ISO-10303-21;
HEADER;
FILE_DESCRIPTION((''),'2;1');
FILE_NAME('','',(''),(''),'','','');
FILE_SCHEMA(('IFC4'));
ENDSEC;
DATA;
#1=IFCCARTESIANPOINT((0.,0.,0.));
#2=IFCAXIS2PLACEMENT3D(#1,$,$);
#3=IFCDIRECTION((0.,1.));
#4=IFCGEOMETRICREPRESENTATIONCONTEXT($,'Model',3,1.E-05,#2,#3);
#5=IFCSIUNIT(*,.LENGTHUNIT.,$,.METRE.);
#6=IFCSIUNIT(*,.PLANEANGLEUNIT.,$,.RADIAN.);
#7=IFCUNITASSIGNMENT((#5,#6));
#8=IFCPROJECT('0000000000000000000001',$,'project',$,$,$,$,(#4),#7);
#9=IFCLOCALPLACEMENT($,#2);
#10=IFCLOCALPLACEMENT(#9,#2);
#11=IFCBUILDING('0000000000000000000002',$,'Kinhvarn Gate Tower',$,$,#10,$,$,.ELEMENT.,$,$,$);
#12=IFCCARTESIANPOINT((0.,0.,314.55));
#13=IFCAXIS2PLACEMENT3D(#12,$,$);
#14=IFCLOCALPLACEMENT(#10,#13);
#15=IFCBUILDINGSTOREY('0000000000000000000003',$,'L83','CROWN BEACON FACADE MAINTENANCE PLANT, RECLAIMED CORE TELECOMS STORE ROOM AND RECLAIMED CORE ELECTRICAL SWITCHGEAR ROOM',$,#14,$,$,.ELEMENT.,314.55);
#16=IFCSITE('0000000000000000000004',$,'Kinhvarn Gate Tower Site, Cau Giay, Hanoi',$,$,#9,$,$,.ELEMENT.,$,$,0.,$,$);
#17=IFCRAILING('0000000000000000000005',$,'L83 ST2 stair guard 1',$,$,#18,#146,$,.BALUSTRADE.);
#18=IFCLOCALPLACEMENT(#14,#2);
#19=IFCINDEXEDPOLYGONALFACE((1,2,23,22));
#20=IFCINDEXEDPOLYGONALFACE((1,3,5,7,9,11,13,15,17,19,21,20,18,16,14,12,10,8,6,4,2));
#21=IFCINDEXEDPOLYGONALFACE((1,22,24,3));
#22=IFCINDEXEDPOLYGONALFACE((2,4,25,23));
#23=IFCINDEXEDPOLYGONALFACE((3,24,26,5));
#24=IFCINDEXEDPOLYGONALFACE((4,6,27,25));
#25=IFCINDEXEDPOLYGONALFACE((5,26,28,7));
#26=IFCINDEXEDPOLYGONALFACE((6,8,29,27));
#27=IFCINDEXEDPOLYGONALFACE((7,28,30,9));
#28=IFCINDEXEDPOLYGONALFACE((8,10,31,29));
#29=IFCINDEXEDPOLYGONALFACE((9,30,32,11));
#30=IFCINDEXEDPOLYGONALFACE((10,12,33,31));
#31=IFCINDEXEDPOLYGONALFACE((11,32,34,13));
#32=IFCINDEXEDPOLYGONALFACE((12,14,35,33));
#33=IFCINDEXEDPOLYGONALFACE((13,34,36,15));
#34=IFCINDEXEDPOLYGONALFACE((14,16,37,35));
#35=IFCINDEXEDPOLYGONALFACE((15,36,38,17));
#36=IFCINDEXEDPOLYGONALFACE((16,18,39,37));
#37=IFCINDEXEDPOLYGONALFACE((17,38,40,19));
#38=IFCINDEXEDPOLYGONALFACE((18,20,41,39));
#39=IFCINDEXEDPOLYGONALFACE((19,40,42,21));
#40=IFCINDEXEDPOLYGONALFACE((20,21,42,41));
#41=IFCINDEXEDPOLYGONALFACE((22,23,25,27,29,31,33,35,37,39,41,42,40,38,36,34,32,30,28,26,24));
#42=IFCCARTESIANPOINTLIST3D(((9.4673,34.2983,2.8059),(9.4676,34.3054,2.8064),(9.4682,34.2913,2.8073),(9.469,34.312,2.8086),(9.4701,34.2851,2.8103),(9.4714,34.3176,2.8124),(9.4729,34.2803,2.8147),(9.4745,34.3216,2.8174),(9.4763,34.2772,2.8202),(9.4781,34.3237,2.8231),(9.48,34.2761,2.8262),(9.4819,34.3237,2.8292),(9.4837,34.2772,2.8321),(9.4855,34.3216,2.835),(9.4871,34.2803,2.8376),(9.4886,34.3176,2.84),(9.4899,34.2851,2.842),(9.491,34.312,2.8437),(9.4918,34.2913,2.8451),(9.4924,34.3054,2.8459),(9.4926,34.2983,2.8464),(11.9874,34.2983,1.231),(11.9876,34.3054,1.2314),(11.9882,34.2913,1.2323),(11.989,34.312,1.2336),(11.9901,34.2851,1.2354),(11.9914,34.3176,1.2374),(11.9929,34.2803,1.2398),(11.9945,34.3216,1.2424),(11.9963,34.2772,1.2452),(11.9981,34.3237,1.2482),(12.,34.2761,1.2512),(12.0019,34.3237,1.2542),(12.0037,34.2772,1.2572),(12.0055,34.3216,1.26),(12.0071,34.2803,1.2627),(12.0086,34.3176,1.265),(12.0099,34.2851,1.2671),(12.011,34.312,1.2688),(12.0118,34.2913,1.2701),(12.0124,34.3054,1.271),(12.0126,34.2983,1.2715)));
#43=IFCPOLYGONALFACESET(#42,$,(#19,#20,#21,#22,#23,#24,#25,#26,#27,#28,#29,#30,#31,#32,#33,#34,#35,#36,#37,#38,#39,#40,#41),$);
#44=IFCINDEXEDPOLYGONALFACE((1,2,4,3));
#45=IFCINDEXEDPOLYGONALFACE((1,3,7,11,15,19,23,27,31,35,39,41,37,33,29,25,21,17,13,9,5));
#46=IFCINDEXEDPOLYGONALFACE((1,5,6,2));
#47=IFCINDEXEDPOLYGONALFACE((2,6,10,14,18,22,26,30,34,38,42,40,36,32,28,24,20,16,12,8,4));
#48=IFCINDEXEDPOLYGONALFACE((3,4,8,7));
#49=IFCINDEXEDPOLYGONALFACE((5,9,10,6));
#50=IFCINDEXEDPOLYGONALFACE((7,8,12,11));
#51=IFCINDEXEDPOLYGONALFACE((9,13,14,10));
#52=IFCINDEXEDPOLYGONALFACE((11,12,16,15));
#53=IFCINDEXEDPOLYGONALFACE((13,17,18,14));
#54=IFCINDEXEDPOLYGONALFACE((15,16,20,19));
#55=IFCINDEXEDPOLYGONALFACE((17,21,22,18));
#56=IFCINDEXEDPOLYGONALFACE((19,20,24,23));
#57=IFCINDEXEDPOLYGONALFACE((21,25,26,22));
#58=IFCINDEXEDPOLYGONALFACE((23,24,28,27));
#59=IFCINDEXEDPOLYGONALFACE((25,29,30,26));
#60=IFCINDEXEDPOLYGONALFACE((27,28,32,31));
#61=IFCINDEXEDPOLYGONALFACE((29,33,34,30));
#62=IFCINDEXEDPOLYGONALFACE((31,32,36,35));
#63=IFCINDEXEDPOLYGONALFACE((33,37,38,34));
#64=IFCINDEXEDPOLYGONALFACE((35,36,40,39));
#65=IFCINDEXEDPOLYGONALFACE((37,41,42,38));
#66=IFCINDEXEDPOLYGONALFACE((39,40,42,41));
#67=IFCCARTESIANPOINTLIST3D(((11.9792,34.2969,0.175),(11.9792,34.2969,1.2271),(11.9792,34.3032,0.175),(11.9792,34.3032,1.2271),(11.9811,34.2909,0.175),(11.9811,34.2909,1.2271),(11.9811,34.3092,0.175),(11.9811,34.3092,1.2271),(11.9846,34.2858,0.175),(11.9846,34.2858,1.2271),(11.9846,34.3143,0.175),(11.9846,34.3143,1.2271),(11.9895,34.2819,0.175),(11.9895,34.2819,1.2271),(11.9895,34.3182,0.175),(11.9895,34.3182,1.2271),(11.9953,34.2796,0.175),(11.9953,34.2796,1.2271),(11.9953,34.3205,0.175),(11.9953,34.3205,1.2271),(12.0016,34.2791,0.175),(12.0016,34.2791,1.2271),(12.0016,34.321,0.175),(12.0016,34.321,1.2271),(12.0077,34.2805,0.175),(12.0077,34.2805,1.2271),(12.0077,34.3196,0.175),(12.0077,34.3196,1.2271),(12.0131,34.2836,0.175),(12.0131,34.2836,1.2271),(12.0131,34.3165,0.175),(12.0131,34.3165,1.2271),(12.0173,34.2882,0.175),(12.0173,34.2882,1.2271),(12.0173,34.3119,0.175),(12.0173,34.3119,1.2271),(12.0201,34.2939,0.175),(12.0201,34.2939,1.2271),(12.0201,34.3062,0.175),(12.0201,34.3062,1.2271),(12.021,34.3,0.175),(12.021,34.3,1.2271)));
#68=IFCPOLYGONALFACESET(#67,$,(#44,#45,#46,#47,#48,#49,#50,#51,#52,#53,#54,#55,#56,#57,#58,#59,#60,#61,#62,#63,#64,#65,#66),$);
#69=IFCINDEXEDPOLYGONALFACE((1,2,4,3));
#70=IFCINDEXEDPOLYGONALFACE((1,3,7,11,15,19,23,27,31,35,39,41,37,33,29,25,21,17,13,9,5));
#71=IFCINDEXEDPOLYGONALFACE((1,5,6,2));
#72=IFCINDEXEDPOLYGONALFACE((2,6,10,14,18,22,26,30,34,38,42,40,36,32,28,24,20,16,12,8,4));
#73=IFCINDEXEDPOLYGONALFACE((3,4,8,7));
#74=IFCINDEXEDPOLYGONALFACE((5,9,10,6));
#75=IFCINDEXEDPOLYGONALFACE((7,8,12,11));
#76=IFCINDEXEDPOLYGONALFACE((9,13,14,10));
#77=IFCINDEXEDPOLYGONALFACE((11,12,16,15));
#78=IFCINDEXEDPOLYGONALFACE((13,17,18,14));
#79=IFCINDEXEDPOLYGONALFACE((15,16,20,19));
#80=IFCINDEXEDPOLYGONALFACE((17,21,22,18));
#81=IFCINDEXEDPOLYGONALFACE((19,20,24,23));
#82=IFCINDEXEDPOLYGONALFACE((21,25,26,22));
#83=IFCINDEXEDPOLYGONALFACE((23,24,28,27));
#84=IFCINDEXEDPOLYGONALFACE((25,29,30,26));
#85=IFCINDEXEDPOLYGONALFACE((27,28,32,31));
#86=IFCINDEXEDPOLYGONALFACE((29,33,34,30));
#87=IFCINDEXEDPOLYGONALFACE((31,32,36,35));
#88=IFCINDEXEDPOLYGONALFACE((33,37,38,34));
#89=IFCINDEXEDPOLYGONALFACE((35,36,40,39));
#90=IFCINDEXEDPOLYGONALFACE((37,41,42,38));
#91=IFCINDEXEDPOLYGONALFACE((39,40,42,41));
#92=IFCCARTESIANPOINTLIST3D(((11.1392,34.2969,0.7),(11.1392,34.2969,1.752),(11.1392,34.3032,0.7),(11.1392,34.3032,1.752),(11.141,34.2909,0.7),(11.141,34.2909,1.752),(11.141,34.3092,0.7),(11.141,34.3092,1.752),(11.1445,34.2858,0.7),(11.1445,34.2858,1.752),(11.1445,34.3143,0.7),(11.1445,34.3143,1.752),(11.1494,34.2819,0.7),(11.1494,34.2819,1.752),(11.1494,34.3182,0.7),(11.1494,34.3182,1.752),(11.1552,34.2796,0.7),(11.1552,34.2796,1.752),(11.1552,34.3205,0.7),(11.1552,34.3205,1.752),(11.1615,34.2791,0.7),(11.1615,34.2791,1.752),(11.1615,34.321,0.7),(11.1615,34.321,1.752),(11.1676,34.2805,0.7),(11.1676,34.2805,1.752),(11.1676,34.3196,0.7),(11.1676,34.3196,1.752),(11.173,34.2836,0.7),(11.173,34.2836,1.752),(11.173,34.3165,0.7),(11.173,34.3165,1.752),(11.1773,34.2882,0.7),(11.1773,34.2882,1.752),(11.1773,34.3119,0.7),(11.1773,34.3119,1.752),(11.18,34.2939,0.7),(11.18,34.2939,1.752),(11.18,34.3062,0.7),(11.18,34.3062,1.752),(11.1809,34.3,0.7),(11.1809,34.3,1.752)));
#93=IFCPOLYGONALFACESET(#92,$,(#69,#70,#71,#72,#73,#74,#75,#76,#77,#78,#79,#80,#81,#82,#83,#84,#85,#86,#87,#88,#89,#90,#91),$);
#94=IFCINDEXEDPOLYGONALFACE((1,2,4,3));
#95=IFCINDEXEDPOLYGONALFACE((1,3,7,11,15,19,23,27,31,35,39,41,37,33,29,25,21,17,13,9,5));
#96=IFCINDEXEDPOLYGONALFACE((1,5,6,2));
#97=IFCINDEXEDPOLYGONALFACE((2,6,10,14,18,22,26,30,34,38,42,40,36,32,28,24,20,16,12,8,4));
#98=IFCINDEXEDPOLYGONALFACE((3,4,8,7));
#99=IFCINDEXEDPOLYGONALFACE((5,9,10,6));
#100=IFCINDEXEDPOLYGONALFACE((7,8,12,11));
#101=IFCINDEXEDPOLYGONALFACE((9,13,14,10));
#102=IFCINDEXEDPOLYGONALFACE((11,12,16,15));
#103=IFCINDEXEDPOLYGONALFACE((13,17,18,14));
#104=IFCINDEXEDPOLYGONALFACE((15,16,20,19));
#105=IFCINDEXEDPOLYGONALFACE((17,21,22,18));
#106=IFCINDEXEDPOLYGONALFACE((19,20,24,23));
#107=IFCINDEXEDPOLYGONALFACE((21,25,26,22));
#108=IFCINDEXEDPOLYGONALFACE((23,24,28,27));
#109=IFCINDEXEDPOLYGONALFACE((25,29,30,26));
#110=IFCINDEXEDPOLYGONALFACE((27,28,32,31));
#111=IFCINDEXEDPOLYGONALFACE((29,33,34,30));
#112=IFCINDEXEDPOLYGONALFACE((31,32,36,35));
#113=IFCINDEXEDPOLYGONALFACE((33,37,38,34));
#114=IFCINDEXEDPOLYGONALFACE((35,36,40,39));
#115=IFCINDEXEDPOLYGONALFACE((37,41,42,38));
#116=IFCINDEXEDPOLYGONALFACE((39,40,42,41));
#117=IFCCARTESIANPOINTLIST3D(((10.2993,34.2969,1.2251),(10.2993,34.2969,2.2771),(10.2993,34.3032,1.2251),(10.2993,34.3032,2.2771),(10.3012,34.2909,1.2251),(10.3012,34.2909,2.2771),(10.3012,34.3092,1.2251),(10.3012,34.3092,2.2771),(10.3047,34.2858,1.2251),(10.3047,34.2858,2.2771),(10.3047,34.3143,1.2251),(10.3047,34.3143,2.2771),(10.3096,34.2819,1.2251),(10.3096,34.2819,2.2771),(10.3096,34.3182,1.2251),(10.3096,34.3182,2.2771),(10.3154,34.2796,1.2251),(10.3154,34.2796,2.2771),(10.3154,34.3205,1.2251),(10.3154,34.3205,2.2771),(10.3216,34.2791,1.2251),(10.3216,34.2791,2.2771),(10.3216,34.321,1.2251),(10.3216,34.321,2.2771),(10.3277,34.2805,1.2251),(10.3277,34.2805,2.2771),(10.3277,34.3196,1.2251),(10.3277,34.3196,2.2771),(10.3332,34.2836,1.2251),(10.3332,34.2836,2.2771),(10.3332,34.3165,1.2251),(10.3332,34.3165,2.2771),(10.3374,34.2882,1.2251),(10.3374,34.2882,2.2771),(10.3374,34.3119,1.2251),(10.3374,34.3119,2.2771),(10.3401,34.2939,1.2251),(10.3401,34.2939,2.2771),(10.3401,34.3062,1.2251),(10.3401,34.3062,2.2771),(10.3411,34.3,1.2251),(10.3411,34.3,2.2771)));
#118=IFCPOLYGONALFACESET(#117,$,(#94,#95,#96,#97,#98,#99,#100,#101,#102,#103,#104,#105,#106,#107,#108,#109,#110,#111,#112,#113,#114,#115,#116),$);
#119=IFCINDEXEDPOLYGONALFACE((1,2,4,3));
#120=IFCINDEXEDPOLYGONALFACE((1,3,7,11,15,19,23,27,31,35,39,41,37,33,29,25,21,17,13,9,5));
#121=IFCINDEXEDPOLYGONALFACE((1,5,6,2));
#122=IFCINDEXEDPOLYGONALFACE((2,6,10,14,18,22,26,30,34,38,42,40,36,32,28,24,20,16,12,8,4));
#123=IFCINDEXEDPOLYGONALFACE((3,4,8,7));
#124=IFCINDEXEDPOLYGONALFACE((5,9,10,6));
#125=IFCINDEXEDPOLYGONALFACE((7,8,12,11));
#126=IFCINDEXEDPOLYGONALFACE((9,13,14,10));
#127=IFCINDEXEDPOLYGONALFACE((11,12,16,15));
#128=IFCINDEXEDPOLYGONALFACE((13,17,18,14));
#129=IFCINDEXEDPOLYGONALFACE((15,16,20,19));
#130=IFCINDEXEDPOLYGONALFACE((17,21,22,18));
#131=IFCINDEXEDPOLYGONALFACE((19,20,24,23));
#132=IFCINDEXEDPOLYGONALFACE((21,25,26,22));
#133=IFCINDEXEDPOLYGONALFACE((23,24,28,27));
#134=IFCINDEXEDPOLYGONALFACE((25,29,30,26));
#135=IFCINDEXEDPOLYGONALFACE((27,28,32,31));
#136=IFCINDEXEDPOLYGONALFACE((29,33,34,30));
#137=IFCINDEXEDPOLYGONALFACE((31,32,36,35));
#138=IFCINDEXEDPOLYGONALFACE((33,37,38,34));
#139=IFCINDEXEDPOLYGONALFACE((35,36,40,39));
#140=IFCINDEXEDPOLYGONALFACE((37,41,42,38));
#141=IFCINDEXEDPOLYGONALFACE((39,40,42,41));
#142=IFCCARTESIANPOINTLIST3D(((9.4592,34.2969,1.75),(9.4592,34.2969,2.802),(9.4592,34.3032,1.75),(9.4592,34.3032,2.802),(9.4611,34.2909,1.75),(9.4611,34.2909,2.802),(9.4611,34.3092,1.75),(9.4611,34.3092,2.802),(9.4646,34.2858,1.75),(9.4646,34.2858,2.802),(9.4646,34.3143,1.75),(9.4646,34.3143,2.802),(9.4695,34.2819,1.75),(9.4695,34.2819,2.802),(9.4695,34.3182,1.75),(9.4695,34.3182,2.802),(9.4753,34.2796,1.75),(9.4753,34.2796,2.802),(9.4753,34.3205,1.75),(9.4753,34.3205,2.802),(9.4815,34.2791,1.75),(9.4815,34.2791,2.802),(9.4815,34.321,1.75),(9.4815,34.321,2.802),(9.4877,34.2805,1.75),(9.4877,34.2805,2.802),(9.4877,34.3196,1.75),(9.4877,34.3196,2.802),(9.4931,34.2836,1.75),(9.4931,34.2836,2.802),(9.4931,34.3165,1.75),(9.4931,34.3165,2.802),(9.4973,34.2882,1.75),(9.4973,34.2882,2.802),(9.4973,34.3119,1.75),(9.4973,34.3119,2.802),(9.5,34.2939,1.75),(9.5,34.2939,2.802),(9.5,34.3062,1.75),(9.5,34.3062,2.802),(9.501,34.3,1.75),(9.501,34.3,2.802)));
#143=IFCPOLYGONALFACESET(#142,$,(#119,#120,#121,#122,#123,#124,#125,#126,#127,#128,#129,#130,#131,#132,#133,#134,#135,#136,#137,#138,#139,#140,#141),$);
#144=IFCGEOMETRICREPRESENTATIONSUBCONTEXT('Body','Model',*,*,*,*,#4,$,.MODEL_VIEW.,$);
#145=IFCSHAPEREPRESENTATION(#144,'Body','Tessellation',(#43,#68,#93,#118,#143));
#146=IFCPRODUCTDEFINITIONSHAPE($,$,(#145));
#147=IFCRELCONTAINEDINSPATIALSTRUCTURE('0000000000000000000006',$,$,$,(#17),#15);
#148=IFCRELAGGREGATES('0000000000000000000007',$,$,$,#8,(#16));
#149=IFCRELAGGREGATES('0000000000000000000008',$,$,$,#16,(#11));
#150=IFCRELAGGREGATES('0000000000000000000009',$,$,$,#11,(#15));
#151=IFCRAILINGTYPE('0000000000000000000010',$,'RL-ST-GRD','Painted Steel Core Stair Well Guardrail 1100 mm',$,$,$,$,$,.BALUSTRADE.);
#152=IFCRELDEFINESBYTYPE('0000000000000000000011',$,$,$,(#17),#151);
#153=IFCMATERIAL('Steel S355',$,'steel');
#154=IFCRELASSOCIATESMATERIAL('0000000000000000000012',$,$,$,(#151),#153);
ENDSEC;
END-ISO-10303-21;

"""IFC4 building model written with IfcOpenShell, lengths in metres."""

from ifc_helpers import new_model, si_unit, direction, frame, origin, origin_2d, place, context, subcontext, project, spatial, circle, extrude, material, type_object, element, save


model = new_model("IFC4")

# Units and contexts
model_context = context("Model", 3, precision=1e-05, world=origin(), true_north=direction((0.0, 1.0)))
body_context = subcontext(model_context, "Body", "Model", "MODEL_VIEW")
ifc_project = project(units=[si_unit("LENGTHUNIT", "METRE"), si_unit("PLANEANGLEUNIT", "RADIAN")], contexts=[model_context])

# Site, building, storey
site_placement = place(None, origin())
site = spatial("IfcSite", under=ifc_project, at=site_placement, Name="Kinhvarn Gate Tower Site, Cau Giay, Hanoi", CompositionType="ELEMENT", RefElevation=0.0)
building_placement = place(site_placement, origin())
building = spatial("IfcBuilding", under=site, at=building_placement, Name="Kinhvarn Gate Tower", CompositionType="ELEMENT")
storey_placement = place(building_placement, frame((0.0, 0.0, 314.55)))
storey = spatial("IfcBuildingStorey", under=building, at=storey_placement, Name="L83", Description="CROWN BEACON FACADE MAINTENANCE PLANT, RECLAIMED CORE TELECOMS STORE ROOM AND RECLAIMED CORE ELECTRICAL SWITCHGEAR ROOM", CompositionType="ELEMENT", Elevation=314.55)

# Railing
ifc_material_1 = material(Name="Steel S355", Category="steel")
railing_type_1 = type_object("IfcRailingType", Name="RL-ST-GRD", Description="Painted Steel Core Stair Well Guardrail 1100 mm", PredefinedType="BALUSTRADE", material=ifc_material_1)
railing_1_placement = place(storey_placement, frame((12.0, 34.3, 0.175)))
element("IfcRailing", 1, at=railing_1_placement, inside=storey, type_object=railing_type_1, Name="L83 ST2 stair guard 1", PredefinedType="BALUSTRADE", context=body_context, shape_type="SweptSolid", body=[
    extrude(circle(Radius=0.0239, at=origin_2d()), frame((0.0, 0.0, 1.0762), z_axis=(-0.848008, 0.0, 0.529984), x_axis=(0.0, -1.0, 0.0)), (0.0, 0.0, 1.0), 2.9717),
    extrude(circle(Radius=0.021, at=origin_2d()), origin(), (0.0, 0.0, 1.0), 1.052),
    extrude(circle(Radius=0.021, at=origin_2d()), frame((-0.8401, 0.0, 0.5249)), (0.0, 0.0, 1.0), 1.052),
    extrude(circle(Radius=0.021, at=origin_2d()), frame((-1.6799, 0.0, 1.05)), (0.0, 0.0, 1.0), 1.052),
    extrude(circle(Radius=0.021, at=origin_2d()), frame((-2.52, 0.0, 1.575)), (0.0, 0.0, 1.0), 1.052),
])

save(model, "model.ifc")
